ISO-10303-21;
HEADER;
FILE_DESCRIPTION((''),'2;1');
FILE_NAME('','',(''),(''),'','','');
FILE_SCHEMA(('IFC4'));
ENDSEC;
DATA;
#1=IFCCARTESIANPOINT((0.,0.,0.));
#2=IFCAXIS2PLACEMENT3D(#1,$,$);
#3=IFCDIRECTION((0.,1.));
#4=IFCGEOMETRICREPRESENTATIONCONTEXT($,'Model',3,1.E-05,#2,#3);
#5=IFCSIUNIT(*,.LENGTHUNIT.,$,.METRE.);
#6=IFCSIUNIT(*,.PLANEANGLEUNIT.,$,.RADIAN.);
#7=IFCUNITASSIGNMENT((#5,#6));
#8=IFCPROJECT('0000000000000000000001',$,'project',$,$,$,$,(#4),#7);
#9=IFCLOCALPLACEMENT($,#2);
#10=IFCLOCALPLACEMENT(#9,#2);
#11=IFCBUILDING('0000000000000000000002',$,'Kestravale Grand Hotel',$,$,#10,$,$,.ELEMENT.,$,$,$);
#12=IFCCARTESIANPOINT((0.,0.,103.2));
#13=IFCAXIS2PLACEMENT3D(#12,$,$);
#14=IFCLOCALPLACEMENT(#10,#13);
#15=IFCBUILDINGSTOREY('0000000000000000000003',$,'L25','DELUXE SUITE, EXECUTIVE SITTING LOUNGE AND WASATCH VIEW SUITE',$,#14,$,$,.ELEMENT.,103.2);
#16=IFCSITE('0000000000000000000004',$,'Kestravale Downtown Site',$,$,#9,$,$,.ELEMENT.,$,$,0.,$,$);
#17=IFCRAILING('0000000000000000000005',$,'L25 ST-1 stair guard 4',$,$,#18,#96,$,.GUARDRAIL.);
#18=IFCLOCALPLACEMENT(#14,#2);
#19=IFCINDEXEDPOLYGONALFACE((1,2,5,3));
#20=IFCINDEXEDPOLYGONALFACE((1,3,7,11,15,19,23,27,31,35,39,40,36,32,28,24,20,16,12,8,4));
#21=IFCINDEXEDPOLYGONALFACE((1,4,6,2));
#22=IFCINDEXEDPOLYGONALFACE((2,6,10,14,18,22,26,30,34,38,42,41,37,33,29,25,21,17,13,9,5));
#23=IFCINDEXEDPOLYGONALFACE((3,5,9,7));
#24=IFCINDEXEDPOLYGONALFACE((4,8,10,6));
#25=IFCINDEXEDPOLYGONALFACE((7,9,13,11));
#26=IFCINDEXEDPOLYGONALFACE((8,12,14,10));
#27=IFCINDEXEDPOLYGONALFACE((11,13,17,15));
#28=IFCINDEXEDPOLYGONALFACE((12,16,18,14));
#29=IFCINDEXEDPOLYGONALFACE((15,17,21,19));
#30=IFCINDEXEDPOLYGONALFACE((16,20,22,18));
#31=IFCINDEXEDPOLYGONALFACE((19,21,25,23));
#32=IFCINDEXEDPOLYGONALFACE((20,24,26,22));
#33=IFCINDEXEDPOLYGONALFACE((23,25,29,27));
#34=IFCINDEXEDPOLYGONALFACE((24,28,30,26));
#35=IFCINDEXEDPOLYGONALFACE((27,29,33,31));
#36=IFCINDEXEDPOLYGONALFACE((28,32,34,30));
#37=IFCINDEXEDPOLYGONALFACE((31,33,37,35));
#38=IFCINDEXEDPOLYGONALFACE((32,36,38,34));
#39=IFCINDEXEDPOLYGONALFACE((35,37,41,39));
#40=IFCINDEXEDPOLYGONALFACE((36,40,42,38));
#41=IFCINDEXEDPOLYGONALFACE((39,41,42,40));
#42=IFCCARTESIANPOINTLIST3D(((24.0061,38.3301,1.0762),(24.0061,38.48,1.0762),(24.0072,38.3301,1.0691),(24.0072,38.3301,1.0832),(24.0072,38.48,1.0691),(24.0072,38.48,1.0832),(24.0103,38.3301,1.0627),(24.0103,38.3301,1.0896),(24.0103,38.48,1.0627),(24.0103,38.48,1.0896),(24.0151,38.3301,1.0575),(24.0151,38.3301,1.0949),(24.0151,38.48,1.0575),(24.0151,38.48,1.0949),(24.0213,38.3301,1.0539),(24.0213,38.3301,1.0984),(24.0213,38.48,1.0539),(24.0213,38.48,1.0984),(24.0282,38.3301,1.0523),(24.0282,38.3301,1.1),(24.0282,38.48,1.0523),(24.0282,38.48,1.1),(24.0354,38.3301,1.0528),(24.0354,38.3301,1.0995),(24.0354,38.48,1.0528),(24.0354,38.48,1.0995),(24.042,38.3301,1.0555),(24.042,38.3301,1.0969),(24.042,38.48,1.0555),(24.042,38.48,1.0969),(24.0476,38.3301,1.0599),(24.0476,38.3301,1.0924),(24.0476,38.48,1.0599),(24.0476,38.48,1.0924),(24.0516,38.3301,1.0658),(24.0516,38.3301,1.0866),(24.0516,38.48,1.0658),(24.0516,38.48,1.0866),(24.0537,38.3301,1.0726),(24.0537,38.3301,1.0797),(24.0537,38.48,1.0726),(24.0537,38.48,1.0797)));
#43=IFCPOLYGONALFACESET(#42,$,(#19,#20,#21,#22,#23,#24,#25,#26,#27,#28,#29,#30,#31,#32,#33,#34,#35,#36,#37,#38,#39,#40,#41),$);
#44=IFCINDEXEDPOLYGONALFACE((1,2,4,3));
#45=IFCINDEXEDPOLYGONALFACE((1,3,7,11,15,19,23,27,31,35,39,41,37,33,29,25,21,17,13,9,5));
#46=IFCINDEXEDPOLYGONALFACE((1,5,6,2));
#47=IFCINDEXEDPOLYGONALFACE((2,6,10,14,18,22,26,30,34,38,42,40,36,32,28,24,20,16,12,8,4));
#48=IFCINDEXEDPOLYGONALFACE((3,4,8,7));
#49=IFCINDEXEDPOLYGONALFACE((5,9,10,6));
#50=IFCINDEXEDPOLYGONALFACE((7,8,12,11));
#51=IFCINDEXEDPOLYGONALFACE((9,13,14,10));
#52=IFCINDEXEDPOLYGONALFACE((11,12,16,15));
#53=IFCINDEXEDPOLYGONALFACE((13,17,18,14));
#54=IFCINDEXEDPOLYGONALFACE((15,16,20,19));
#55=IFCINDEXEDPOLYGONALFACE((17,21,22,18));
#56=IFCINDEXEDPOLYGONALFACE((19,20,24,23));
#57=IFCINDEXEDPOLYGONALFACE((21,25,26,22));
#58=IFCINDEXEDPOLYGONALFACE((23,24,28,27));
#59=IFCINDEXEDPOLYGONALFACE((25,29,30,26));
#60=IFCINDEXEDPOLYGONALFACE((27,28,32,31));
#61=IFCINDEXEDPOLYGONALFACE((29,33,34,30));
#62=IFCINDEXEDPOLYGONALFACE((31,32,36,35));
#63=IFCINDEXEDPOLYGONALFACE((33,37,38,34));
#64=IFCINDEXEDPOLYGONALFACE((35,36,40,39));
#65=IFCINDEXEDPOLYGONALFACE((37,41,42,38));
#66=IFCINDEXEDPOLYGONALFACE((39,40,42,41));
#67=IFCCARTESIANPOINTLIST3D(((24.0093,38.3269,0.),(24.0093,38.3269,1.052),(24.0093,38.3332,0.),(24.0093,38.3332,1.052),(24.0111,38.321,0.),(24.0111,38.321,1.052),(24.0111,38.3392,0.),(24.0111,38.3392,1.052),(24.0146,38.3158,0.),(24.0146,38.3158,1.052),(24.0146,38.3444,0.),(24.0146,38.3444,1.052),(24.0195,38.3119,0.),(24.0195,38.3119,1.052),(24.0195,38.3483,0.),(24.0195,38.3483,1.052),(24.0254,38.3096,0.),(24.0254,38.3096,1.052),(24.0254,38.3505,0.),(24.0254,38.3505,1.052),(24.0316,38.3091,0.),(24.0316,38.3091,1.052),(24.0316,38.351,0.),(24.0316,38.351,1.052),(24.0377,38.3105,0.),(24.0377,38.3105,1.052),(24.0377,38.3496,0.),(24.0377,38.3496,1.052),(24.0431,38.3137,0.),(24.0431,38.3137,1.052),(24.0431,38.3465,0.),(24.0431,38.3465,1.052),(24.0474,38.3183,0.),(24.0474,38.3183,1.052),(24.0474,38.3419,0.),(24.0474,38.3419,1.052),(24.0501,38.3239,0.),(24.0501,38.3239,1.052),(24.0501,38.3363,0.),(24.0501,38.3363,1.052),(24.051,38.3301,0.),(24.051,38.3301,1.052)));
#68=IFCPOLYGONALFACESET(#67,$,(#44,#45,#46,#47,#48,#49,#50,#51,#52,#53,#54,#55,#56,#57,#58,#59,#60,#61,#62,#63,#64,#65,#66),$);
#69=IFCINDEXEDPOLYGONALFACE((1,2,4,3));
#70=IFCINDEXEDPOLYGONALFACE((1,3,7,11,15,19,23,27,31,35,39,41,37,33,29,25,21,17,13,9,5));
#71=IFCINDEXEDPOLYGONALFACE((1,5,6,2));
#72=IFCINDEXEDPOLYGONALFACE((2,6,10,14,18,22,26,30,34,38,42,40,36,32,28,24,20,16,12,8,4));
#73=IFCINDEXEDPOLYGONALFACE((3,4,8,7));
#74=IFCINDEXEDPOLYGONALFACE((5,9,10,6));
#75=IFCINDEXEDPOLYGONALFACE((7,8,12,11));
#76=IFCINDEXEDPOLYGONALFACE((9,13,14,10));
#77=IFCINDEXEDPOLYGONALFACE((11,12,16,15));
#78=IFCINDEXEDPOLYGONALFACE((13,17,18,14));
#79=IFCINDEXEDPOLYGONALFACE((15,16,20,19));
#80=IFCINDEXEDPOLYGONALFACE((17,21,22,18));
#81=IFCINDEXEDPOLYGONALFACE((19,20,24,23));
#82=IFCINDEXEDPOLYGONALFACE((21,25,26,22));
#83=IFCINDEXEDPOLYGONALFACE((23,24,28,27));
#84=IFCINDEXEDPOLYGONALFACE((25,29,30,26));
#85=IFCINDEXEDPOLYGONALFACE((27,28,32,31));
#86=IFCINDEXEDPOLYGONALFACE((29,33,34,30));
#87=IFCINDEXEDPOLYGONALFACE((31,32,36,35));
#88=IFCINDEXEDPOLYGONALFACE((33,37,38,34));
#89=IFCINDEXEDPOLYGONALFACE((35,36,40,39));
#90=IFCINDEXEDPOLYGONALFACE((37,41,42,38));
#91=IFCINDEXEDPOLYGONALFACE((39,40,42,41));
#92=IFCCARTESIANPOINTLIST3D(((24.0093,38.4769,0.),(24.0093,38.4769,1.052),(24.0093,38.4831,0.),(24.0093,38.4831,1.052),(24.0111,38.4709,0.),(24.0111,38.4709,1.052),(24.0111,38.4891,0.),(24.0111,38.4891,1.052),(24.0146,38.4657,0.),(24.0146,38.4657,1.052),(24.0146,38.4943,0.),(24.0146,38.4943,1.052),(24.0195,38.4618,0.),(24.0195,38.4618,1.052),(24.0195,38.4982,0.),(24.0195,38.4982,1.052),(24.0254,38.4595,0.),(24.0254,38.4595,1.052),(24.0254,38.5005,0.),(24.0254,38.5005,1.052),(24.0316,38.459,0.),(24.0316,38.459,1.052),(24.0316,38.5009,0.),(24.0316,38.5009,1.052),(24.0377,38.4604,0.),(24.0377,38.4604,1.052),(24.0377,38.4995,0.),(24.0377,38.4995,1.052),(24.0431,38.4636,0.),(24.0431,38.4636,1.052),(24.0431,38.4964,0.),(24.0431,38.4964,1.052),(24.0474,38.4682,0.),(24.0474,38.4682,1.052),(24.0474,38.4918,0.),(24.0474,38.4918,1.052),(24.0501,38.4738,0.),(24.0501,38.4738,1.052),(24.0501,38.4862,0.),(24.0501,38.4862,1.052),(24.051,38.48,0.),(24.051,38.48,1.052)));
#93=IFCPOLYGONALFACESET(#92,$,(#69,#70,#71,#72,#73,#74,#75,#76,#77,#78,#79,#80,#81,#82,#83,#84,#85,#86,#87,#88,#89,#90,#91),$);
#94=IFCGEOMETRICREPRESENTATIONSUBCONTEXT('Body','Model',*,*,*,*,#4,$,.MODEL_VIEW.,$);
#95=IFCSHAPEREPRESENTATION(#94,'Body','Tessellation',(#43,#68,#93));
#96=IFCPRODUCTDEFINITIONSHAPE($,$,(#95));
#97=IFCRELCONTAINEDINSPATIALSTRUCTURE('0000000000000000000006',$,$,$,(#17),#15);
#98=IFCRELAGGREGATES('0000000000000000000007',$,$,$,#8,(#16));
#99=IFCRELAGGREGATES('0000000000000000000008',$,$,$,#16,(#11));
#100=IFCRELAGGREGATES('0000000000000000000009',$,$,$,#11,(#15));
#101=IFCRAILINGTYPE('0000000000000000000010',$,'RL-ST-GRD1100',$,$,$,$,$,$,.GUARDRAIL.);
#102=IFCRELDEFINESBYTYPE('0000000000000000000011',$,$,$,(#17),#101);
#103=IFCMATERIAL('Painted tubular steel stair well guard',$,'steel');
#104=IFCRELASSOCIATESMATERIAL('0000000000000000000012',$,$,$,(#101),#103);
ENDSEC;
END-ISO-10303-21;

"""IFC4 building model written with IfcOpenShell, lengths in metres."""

from ifc_helpers import new_model, si_unit, direction, frame, origin, origin_2d, place, context, subcontext, project, spatial, circle, extrude, material, type_object, element, save


model = new_model("IFC4")

# Units and contexts
model_context = context("Model", 3, precision=1e-05, world=origin(), true_north=direction((0.0, 1.0)))
body_context = subcontext(model_context, "Body", "Model", "MODEL_VIEW")
ifc_project = project(units=[si_unit("LENGTHUNIT", "METRE"), si_unit("PLANEANGLEUNIT", "RADIAN")], contexts=[model_context])

# Site, building, storey
site_placement = place(None, origin())
site = spatial("IfcSite", under=ifc_project, at=site_placement, Name="Kestravale Downtown Site", CompositionType="ELEMENT", RefElevation=0.0)
building_placement = place(site_placement, origin())
building = spatial("IfcBuilding", under=site, at=building_placement, Name="Kestravale Grand Hotel", CompositionType="ELEMENT")
storey_placement = place(building_placement, frame((0.0, 0.0, 103.2)))
storey = spatial("IfcBuildingStorey", under=building, at=storey_placement, Name="L25", Description="DELUXE SUITE, EXECUTIVE SITTING LOUNGE AND WASATCH VIEW SUITE", CompositionType="ELEMENT", Elevation=103.2)

# Railing
ifc_material_1 = material(Name="Painted tubular steel stair well guard", Category="steel")
railing_type_1 = type_object("IfcRailingType", Name="RL-ST-GRD1100", PredefinedType="GUARDRAIL", material=ifc_material_1)
railing_1_placement = place(storey_placement, frame((24.03, 38.3301, 0.0)))
element("IfcRailing", 1, at=railing_1_placement, inside=storey, type_object=railing_type_1, Name="L25 ST-1 stair guard 4", PredefinedType="GUARDRAIL", context=body_context, shape_type="SweptSolid", body=[
    extrude(circle(Radius=0.0239, at=origin_2d()), frame((0.0, 0.0, 1.0762), z_axis=(0.0, 1.0, 0.0), x_axis=(-1.0, 0.0, 0.0)), (0.0, 0.0, 1.0), 0.1499),
    extrude(circle(Radius=0.021, at=origin_2d()), origin(), (0.0, 0.0, 1.0), 1.052),
    extrude(circle(Radius=0.021, at=origin_2d()), frame((0.0, 0.1499, 0.0)), (0.0, 0.0, 1.0), 1.052),
])

save(model, "model.ifc")
